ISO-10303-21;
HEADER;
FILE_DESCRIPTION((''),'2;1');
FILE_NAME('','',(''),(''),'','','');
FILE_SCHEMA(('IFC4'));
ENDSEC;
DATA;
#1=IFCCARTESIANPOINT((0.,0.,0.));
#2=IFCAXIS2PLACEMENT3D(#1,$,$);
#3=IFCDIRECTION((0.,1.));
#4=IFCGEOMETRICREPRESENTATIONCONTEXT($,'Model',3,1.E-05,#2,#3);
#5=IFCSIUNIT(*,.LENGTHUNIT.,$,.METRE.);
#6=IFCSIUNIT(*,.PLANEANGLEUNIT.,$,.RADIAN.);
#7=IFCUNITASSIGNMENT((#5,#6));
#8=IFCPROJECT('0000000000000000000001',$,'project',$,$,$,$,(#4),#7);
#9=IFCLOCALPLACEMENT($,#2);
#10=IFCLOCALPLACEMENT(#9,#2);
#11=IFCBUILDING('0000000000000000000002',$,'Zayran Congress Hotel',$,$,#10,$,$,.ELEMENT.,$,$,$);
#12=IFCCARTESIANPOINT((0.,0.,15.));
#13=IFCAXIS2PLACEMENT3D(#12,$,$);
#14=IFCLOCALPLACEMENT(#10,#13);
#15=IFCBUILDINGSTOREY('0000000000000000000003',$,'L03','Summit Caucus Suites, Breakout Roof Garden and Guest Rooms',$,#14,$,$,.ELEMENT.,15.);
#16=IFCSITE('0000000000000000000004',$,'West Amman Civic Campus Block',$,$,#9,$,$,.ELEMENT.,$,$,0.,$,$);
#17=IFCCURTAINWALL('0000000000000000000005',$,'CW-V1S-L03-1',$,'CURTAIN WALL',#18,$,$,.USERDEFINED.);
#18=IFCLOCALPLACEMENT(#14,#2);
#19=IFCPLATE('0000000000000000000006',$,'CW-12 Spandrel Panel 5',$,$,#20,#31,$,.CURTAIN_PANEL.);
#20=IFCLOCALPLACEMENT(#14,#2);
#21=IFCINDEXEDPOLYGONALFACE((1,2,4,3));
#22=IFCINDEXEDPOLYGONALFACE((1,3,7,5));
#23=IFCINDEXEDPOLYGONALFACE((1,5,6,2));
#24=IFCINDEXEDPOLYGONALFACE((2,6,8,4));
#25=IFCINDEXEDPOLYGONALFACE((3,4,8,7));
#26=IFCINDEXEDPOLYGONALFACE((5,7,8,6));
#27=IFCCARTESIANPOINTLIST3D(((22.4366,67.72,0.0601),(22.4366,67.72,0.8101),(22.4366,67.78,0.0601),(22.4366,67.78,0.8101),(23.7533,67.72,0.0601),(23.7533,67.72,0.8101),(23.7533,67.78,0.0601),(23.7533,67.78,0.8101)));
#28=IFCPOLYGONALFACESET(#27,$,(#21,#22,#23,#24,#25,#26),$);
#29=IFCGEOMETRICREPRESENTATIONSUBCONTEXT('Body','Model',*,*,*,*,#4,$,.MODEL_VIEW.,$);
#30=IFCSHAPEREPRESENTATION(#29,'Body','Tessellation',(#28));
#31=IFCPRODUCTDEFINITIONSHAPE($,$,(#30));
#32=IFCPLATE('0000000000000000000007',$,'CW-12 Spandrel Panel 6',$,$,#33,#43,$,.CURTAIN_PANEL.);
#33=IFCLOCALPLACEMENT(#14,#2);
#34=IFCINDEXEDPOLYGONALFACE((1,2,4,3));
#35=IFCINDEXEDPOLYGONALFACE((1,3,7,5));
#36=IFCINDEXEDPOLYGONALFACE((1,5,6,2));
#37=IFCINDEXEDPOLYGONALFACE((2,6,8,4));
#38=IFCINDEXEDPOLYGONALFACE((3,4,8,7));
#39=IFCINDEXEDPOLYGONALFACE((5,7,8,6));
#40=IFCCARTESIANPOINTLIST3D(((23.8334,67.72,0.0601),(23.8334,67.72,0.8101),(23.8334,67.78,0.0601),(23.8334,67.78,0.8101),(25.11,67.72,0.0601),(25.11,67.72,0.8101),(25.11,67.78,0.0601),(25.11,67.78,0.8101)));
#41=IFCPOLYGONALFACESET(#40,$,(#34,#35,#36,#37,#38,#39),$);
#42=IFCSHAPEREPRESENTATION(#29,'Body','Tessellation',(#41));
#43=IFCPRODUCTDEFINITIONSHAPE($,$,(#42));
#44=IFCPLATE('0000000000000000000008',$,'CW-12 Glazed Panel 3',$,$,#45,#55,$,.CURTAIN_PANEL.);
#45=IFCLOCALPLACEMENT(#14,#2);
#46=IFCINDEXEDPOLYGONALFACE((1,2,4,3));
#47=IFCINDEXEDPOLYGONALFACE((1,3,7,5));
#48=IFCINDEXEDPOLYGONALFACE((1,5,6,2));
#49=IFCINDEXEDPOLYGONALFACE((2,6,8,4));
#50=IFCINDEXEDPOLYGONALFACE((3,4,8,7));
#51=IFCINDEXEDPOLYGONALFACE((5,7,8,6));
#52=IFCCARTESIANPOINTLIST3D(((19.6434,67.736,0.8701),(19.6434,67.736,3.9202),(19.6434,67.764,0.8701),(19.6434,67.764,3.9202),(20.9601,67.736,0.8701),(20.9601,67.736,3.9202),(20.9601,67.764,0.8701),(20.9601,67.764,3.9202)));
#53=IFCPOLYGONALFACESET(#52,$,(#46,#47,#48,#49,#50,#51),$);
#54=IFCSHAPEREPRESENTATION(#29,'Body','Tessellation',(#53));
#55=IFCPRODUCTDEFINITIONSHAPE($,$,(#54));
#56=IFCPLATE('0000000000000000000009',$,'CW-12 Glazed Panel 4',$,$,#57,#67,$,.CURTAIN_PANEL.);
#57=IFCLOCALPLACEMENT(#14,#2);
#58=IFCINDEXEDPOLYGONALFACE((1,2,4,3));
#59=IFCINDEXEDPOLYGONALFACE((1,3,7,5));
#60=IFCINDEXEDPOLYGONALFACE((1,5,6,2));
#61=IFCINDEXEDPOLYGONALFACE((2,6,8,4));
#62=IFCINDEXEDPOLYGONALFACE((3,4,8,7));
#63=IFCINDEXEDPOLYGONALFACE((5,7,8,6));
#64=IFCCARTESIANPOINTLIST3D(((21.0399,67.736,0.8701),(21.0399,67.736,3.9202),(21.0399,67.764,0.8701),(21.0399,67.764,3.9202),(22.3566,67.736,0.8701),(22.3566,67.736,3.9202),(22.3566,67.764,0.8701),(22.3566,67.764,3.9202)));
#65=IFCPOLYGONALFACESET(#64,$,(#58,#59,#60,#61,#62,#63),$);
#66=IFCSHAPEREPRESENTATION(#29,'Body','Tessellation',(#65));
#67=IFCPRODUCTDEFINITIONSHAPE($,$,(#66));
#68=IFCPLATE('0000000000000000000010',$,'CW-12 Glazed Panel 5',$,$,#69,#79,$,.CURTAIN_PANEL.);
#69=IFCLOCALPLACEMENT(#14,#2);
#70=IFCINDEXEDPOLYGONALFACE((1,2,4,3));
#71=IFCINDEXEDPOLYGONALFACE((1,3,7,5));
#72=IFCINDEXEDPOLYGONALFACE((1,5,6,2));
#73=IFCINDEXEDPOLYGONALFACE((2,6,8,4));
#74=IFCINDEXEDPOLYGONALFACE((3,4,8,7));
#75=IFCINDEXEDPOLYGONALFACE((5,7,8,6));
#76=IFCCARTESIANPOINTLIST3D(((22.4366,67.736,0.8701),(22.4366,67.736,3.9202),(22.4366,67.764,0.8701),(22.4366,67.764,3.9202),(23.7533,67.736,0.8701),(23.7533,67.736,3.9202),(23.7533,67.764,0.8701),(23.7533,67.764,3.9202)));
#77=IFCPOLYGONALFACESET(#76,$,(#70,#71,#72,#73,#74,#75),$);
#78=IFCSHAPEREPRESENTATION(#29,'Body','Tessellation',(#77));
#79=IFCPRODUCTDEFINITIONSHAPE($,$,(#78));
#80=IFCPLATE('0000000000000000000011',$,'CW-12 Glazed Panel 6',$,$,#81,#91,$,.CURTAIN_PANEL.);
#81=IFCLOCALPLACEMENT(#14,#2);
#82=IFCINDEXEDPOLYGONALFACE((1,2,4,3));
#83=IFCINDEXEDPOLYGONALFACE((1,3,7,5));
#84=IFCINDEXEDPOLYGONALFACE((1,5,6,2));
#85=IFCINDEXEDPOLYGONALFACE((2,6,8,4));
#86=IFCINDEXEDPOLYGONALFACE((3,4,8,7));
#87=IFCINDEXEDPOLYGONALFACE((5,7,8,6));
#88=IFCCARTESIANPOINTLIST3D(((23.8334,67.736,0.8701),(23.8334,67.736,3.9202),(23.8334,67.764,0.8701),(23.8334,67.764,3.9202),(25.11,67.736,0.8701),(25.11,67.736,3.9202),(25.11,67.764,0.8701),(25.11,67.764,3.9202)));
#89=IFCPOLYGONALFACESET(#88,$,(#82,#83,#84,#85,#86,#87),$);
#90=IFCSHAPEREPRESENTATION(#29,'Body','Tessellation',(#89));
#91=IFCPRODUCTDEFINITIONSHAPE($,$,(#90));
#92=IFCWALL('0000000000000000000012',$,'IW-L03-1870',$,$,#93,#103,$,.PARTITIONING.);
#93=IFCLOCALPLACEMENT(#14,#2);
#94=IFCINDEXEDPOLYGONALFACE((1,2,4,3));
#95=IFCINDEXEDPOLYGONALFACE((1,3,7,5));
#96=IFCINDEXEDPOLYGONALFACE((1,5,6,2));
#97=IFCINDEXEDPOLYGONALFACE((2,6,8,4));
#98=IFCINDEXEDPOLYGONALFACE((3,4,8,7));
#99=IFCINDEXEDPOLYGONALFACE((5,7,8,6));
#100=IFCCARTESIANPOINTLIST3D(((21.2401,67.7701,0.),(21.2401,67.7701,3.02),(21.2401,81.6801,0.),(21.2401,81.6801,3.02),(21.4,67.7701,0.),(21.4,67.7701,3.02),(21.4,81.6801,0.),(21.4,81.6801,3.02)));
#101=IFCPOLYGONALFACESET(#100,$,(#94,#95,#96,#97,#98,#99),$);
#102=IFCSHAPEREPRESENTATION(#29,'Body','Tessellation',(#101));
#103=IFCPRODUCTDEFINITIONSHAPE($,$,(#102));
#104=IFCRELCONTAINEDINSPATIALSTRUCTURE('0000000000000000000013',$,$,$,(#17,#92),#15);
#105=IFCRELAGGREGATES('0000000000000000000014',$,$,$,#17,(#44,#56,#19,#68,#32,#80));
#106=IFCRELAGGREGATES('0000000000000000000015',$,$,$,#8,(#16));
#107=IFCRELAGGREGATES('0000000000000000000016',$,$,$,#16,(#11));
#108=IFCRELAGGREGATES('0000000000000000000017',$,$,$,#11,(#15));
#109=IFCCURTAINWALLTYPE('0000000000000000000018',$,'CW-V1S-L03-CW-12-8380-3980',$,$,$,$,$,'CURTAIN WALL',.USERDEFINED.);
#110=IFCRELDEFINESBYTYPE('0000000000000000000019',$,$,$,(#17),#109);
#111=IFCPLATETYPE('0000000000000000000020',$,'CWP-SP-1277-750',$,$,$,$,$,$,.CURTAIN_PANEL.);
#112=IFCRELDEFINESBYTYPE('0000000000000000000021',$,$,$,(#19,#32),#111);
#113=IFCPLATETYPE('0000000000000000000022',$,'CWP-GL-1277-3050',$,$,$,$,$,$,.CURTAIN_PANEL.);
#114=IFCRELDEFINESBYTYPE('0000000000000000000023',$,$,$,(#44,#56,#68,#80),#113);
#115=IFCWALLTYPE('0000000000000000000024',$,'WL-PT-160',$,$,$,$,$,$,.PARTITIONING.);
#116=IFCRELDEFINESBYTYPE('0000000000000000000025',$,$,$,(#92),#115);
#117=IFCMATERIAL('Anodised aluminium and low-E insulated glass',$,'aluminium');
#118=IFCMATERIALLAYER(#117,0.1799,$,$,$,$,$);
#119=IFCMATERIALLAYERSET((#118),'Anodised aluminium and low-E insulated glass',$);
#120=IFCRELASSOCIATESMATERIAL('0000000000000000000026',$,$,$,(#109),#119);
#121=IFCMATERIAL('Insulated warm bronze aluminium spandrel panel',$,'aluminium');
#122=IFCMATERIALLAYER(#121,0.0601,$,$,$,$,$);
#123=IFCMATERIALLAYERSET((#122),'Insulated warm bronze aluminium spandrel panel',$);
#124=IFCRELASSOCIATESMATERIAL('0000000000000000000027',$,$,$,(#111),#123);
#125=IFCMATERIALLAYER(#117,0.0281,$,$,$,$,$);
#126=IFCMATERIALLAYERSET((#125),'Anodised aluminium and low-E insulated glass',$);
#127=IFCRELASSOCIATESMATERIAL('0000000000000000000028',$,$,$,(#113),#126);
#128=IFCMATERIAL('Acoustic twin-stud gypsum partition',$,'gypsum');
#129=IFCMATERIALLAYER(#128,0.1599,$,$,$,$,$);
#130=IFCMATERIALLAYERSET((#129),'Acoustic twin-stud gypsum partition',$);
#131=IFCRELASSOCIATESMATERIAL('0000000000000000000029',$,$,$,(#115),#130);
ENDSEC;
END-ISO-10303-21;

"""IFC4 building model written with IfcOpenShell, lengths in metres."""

from ifc_helpers import new_model, si_unit, direction, frame, frame_2d, origin, origin_2d, place, context, subcontext, project, spatial, rectangle, extrude, material, layer, layer_set, type_object, element, aggregate, save


model = new_model("IFC4")

# Units and contexts
model_context = context("Model", 3, precision=1e-05, world=origin(), true_north=direction((0.0, 1.0)))
body_context = subcontext(model_context, "Body", "Model", "MODEL_VIEW")
ifc_project = project(units=[si_unit("LENGTHUNIT", "METRE"), si_unit("PLANEANGLEUNIT", "RADIAN")], contexts=[model_context])

# Site, building, storey
site_placement = place(None, origin())
site = spatial("IfcSite", under=ifc_project, at=site_placement, Name="West Amman Civic Campus Block", CompositionType="ELEMENT", RefElevation=0.0)
building_placement = place(site_placement, origin())
building = spatial("IfcBuilding", under=site, at=building_placement, Name="Zayran Congress Hotel", CompositionType="ELEMENT")
storey_placement = place(building_placement, frame((0.0, 0.0, 15.0)))
storey = spatial("IfcBuildingStorey", under=building, at=storey_placement, Name="L03", Description="Summit Caucus Suites, Breakout Roof Garden and Guest Rooms", CompositionType="ELEMENT", Elevation=15.0)

# Curtain wall, plates
ifc_material_1 = material(Name="Anodised aluminium and low-E insulated glass", Category="aluminium")
ifc_layer_1 = layer(ifc_material_1, 0.1799)
ifc_layer_set_1 = layer_set([ifc_layer_1], Name="Anodised aluminium and low-E insulated glass")
curtain_wall_type = type_object("IfcCurtainWallType", Name="CW-V1S-L03-CW-12-8380-3980", ElementType="CURTAIN WALL", PredefinedType="USERDEFINED", material=ifc_layer_set_1)
curtain_wall_placement = place(storey_placement, origin())
curtain_wall = element("IfcCurtainWall", 1, at=curtain_wall_placement, inside=storey, type_object=curtain_wall_type, Name="CW-V1S-L03-1", ObjectType="CURTAIN WALL", PredefinedType="USERDEFINED")
ifc_material_2 = material(Name="Insulated warm bronze aluminium spandrel panel", Category="aluminium")
ifc_layer_2 = layer(ifc_material_2, 0.0601)
ifc_layer_set_2 = layer_set([ifc_layer_2], Name="Insulated warm bronze aluminium spandrel panel")
plate_type_1 = type_object("IfcPlateType", Name="CWP-SP-1277-750", PredefinedType="CURTAIN_PANEL", material=ifc_layer_set_2)
plate_1_placement = place(storey_placement, frame((23.095, 67.75, 0.0601), z_axis=(0.0, 0.0, 1.0), x_axis=(1.0, 0.0, 0.0)))
plate_1 = element("IfcPlate", 2, at=plate_1_placement, type_object=plate_type_1, Name="CW-12 Spandrel Panel 5", PredefinedType="CURTAIN_PANEL", context=body_context, shape_type="SweptSolid", body=[
    extrude(rectangle(XDim=1.3167, YDim=0.0601, at=origin_2d()), origin(), (0.0, 0.0, 1.0), 0.75),
])
plate_2_placement = place(storey_placement, frame((24.4717, 67.75, 0.0601), z_axis=(0.0, 0.0, 1.0), x_axis=(1.0, 0.0, 0.0)))
plate_2 = element("IfcPlate", 3, at=plate_2_placement, type_object=plate_type_1, Name="CW-12 Spandrel Panel 6", PredefinedType="CURTAIN_PANEL", context=body_context, shape_type="SweptSolid", body=[
    extrude(rectangle(XDim=1.2766, YDim=0.0601, at=origin_2d()), origin(), (0.0, 0.0, 1.0), 0.75),
])
ifc_layer_3 = layer(ifc_material_1, 0.0281)
ifc_layer_set_3 = layer_set([ifc_layer_3], Name="Anodised aluminium and low-E insulated glass")
plate_type_2 = type_object("IfcPlateType", Name="CWP-GL-1277-3050", PredefinedType="CURTAIN_PANEL", material=ifc_layer_set_3)
plate_3_placement = place(storey_placement, frame((20.3018, 67.75, 0.8701), z_axis=(0.0, 0.0, 1.0), x_axis=(1.0, 0.0, 0.0)))
plate_3 = element("IfcPlate", 4, at=plate_3_placement, type_object=plate_type_2, Name="CW-12 Glazed Panel 3", PredefinedType="CURTAIN_PANEL", context=body_context, shape_type="SweptSolid", body=[
    extrude(rectangle(XDim=1.3167, YDim=0.0281, at=origin_2d()), origin(), (0.0, 0.0, 1.0), 3.05),
])
plate_4_placement = place(storey_placement, frame((21.6982, 67.75, 0.8701), z_axis=(0.0, 0.0, 1.0), x_axis=(1.0, 0.0, 0.0)))
plate_4 = element("IfcPlate", 5, at=plate_4_placement, type_object=plate_type_2, Name="CW-12 Glazed Panel 4", PredefinedType="CURTAIN_PANEL", context=body_context, shape_type="SweptSolid", body=[
    extrude(rectangle(XDim=1.3167, YDim=0.0281, at=origin_2d()), origin(), (0.0, 0.0, 1.0), 3.05),
])
plate_5_placement = place(storey_placement, frame((23.095, 67.75, 0.8701), z_axis=(0.0, 0.0, 1.0), x_axis=(1.0, 0.0, 0.0)))
plate_5 = element("IfcPlate", 6, at=plate_5_placement, type_object=plate_type_2, Name="CW-12 Glazed Panel 5", PredefinedType="CURTAIN_PANEL", context=body_context, shape_type="SweptSolid", body=[
    extrude(rectangle(XDim=1.3167, YDim=0.0281, at=origin_2d()), origin(), (0.0, 0.0, 1.0), 3.05),
])
plate_6_placement = place(storey_placement, frame((24.4717, 67.75, 0.8701), z_axis=(0.0, 0.0, 1.0), x_axis=(1.0, 0.0, 0.0)))
plate_6 = element("IfcPlate", 7, at=plate_6_placement, type_object=plate_type_2, Name="CW-12 Glazed Panel 6", PredefinedType="CURTAIN_PANEL", context=body_context, shape_type="SweptSolid", body=[
    extrude(rectangle(XDim=1.2766, YDim=0.0281, at=origin_2d()), origin(), (0.0, 0.0, 1.0), 3.05),
])
aggregate(curtain_wall, [plate_3, plate_4, plate_1, plate_5, plate_2, plate_6])

# Wall
ifc_material_3 = material(Name="Acoustic twin-stud gypsum partition", Category="gypsum")
ifc_layer_4 = layer(ifc_material_3, 0.1599)
ifc_layer_set_4 = layer_set([ifc_layer_4], Name="Acoustic twin-stud gypsum partition")
wall_type = type_object("IfcWallType", Name="WL-PT-160", PredefinedType="PARTITIONING", material=ifc_layer_set_4)
wall_placement = place(storey_placement, frame((21.3201, 67.77, 0.0), z_axis=(0.0, 0.0, 1.0), x_axis=(0.0, 1.0, 0.0)))
element("IfcWall", 8, at=wall_placement, inside=storey, type_object=wall_type, Name="IW-L03-1870", PredefinedType="PARTITIONING", context=body_context, shape_type="SweptSolid", body=[
    extrude(rectangle(XDim=13.9099, YDim=0.1599, at=frame_2d((6.9551, 0.0))), origin(), (0.0, 0.0, 1.0), 3.02),
])

save(model, "model.ifc")
